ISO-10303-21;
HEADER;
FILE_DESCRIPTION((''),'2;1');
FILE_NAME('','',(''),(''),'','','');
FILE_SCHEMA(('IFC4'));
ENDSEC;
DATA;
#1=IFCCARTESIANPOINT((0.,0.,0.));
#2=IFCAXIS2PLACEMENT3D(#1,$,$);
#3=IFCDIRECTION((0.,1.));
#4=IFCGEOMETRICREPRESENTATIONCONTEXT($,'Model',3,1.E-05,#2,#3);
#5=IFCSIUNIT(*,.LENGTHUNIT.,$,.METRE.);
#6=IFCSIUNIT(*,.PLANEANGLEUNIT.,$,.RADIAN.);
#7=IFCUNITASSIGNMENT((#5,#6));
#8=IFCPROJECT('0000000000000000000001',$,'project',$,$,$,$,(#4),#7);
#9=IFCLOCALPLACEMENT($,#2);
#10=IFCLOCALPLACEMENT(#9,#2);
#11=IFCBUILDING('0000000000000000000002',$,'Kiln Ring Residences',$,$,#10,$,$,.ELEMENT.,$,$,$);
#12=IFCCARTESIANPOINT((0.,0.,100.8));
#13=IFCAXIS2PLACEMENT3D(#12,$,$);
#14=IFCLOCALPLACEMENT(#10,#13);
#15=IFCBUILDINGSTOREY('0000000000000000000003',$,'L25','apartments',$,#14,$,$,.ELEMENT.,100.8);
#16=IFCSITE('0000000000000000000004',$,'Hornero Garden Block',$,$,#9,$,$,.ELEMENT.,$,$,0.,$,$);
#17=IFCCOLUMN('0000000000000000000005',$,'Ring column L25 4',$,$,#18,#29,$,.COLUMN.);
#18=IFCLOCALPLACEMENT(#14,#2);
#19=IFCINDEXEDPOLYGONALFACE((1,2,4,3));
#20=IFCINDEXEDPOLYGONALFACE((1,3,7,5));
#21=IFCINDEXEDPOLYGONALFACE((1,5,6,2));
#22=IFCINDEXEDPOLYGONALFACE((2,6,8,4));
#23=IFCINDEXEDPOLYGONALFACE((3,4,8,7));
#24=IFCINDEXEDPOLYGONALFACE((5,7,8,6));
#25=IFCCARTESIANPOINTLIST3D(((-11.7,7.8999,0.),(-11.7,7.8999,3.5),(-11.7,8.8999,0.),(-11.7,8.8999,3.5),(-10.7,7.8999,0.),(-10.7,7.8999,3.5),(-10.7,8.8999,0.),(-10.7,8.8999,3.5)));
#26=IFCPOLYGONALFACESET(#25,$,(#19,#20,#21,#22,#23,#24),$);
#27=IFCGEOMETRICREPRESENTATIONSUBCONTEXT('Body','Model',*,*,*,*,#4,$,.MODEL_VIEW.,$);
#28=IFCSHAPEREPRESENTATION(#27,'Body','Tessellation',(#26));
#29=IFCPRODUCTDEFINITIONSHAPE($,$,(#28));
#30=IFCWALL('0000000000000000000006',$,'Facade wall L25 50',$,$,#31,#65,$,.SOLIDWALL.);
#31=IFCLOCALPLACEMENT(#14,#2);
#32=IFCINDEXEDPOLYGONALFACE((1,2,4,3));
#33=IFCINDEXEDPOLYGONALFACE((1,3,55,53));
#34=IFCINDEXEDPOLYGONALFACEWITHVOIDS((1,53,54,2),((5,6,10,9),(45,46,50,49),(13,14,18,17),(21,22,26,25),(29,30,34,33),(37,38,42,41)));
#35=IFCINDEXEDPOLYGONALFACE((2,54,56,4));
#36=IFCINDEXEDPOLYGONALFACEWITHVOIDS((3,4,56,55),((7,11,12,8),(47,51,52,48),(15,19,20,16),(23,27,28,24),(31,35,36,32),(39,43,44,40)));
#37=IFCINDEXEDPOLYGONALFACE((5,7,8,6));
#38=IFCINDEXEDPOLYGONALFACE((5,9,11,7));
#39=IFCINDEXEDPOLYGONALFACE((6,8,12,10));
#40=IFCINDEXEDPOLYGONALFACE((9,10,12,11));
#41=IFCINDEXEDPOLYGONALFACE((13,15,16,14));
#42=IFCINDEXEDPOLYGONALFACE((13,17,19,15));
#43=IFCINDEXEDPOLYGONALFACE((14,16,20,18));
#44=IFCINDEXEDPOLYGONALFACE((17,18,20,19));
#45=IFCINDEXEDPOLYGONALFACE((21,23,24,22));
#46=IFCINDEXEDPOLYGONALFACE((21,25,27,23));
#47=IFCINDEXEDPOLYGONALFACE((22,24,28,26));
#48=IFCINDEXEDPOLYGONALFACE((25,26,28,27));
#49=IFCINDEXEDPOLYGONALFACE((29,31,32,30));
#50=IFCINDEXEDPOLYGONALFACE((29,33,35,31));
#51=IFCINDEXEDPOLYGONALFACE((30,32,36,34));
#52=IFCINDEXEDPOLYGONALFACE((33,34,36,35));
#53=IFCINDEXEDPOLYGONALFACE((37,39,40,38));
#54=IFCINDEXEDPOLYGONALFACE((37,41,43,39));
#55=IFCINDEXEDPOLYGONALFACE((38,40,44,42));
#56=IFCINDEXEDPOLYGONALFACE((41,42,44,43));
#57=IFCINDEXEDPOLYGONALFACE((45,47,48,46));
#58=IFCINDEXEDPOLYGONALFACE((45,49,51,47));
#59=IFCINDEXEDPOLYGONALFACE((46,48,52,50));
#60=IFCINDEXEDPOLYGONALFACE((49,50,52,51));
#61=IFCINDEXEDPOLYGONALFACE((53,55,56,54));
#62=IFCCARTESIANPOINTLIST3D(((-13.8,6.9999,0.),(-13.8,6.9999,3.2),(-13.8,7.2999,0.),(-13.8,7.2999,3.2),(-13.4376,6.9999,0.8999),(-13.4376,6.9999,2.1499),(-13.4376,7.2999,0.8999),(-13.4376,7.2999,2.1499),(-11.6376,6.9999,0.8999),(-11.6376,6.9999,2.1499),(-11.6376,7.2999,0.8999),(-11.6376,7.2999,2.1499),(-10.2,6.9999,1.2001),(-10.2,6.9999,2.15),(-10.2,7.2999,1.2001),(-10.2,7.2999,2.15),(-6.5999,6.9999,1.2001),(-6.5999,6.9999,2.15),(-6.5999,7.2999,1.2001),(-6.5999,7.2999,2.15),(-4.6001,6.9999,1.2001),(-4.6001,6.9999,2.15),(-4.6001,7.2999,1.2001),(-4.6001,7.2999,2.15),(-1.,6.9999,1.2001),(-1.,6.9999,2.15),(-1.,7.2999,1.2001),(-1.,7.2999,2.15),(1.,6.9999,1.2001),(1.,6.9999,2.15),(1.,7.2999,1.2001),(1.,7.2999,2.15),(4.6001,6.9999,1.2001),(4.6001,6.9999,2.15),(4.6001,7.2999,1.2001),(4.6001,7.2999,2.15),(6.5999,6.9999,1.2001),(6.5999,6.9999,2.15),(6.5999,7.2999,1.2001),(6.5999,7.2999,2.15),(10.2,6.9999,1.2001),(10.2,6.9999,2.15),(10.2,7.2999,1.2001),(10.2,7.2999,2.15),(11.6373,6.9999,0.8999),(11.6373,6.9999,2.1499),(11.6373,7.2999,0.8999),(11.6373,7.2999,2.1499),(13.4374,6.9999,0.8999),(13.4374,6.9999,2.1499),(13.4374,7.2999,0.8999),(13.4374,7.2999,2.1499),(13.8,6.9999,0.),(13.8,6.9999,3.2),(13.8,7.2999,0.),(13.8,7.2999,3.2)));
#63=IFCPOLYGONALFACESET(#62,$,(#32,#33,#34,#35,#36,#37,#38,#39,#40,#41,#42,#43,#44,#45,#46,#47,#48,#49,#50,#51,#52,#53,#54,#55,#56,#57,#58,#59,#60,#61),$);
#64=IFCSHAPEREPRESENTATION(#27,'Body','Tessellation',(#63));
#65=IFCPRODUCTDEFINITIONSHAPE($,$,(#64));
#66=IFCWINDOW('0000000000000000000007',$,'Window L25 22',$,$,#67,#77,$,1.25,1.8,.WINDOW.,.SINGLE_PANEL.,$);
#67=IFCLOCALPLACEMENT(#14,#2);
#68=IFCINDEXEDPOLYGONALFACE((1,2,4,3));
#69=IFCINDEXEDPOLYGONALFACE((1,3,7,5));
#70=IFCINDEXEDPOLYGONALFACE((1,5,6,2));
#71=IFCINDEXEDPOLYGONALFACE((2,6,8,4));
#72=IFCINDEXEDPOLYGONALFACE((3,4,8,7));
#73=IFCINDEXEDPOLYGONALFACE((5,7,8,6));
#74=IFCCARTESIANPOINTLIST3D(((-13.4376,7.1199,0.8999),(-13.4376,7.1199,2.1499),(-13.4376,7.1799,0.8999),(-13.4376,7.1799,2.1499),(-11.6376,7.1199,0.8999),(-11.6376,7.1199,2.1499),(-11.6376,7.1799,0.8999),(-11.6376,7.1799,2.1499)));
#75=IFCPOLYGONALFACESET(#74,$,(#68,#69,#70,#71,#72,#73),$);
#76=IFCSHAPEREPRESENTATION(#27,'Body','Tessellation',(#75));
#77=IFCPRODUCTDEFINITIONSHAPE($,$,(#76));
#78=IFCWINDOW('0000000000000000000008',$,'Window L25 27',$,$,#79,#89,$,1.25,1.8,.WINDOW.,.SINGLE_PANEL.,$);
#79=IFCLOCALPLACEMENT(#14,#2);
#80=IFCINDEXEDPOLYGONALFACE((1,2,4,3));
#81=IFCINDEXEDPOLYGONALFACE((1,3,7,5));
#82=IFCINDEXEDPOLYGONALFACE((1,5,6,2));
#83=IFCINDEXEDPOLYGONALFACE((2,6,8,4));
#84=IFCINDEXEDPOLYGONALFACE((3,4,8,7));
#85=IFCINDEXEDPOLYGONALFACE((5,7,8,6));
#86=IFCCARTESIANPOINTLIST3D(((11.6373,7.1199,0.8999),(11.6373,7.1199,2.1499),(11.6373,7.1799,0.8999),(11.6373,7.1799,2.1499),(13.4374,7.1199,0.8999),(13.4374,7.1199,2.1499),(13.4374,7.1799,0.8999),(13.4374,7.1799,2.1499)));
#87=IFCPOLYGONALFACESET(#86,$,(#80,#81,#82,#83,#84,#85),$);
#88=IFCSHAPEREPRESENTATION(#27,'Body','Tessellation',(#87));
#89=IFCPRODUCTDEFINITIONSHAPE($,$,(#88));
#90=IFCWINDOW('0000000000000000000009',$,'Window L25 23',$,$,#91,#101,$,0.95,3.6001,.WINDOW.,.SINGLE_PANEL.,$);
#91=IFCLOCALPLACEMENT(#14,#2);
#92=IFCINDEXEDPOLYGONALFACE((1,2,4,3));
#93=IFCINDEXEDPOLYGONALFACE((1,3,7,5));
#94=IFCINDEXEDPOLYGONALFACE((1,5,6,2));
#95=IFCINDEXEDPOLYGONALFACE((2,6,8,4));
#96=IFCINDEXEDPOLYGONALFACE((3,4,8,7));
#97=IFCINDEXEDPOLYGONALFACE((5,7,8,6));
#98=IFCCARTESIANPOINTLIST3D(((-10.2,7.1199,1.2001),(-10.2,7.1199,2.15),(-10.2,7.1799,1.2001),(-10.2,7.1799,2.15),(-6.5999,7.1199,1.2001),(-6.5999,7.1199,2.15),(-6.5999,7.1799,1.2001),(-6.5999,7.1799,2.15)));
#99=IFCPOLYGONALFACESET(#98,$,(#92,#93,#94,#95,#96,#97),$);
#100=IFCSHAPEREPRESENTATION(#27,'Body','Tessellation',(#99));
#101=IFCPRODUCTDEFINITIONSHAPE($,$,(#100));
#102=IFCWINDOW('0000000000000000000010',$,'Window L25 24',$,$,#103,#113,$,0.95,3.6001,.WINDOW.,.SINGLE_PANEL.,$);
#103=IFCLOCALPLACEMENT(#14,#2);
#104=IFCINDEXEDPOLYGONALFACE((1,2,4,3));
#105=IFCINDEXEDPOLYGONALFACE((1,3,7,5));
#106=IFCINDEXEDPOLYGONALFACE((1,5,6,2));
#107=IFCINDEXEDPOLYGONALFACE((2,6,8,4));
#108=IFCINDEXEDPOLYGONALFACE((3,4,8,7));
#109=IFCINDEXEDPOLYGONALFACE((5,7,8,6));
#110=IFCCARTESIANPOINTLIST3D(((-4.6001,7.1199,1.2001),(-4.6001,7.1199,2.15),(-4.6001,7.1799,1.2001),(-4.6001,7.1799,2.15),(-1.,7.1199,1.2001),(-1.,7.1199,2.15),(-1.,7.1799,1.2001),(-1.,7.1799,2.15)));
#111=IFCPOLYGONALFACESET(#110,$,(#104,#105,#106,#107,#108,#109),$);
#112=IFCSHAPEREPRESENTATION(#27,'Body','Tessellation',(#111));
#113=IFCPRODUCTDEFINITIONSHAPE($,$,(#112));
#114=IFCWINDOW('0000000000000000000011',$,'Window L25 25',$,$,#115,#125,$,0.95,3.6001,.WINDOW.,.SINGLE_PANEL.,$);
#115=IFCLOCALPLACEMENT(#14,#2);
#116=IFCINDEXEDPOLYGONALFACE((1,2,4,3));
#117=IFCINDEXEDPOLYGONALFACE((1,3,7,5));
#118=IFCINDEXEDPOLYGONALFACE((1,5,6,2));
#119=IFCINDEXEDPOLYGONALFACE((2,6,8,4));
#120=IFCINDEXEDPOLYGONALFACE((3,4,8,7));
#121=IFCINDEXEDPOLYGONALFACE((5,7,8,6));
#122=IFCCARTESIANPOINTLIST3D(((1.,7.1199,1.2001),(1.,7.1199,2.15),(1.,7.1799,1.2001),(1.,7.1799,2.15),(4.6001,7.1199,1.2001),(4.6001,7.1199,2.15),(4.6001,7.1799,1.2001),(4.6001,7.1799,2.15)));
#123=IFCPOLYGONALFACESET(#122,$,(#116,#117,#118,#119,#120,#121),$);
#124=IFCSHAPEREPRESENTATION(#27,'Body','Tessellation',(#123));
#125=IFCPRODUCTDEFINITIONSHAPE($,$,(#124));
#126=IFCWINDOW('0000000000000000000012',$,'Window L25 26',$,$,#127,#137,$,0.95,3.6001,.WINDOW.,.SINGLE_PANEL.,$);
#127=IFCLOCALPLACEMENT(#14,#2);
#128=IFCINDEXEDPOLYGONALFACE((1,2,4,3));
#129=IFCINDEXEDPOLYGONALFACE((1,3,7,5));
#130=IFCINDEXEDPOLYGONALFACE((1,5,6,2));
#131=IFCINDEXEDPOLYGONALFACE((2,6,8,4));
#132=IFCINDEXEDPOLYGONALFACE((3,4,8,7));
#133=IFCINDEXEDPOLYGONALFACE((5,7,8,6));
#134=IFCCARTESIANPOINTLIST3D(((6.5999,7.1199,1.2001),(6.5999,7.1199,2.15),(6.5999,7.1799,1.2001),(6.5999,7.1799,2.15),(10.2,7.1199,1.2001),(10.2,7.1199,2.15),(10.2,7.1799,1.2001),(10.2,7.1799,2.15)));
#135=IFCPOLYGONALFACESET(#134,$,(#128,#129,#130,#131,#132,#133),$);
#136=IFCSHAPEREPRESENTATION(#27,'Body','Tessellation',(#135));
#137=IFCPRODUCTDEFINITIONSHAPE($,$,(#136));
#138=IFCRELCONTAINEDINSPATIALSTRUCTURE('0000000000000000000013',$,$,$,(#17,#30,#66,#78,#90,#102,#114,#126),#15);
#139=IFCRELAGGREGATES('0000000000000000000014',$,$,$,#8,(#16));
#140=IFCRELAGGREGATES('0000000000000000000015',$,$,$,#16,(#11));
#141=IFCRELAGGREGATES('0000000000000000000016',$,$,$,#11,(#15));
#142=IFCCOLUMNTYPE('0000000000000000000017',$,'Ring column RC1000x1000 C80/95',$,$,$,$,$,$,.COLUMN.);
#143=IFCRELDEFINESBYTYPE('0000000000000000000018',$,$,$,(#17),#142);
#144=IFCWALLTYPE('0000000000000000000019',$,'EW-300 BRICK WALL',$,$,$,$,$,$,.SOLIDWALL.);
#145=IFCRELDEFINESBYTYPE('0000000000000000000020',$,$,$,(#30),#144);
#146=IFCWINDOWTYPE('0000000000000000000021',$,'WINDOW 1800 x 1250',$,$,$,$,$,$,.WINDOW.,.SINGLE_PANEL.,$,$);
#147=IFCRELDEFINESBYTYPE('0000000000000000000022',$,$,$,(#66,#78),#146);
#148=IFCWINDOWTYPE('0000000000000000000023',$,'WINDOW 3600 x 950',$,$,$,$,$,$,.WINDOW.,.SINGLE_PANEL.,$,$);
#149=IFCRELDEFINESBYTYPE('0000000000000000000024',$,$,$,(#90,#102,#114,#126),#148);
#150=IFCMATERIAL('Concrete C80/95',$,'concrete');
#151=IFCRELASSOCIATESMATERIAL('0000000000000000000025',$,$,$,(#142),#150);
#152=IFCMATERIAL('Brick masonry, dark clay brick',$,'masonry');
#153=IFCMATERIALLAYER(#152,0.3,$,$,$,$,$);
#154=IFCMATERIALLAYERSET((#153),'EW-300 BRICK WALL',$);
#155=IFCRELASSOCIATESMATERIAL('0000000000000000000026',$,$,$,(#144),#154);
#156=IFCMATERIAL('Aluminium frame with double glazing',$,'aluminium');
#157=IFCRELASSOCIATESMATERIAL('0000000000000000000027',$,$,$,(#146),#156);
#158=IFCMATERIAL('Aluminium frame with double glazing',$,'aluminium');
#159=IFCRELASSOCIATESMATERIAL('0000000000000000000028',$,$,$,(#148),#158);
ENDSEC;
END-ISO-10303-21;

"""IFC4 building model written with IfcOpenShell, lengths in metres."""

from ifc_helpers import new_model, si_unit, direction, frame, frame_2d, origin, origin_2d, place, context, subcontext, project, spatial, rectangle, extrude, material, layer, layer_set, material_profile, profile_set, type_object, element, fill, save


model = new_model("IFC4")

# Units and contexts
model_context = context("Model", 3, precision=1e-05, world=origin(), true_north=direction((0.0, 1.0)))
body_context = subcontext(model_context, "Body", "Model", "MODEL_VIEW")
ifc_project = project(units=[si_unit("LENGTHUNIT", "METRE"), si_unit("PLANEANGLEUNIT", "RADIAN")], contexts=[model_context])

# Site, building, storey
site_placement = place(None, origin())
site = spatial("IfcSite", under=ifc_project, at=site_placement, Name="Hornero Garden Block", CompositionType="ELEMENT", RefElevation=0.0)
building_placement = place(site_placement, origin())
building = spatial("IfcBuilding", under=site, at=building_placement, Name="Kiln Ring Residences", CompositionType="ELEMENT")
storey_placement = place(building_placement, frame((0.0, 0.0, 100.8)))
storey = spatial("IfcBuildingStorey", under=building, at=storey_placement, Name="L25", Description="apartments", CompositionType="ELEMENT", Elevation=100.8)

# Column
ifc_material_1 = material(Name="Concrete C80/95", Category="concrete")
ifc_material_profile = material_profile(ifc_material_1, rectangle(XDim=1.0, YDim=1.0, at=origin_2d()), Name="RC1000x1000")
ifc_profile_set = profile_set([ifc_material_profile], Name="Concrete C80/95")
column_type = type_object("IfcColumnType", Name="Ring column RC1000x1000 C80/95", PredefinedType="COLUMN", material=ifc_profile_set)
column_placement = place(storey_placement, frame((-11.2, 8.3999, 0.0), z_axis=(0.0, 0.0, 1.0), x_axis=(1.0, 0.0, 0.0)))
element("IfcColumn", 1, at=column_placement, inside=storey, type_object=column_type, Name="Ring column L25 4", PredefinedType="COLUMN", context=body_context, shape_type="SweptSolid", body=[
    extrude(rectangle(XDim=1.0, YDim=1.0, at=origin_2d()), origin(), (0.0, 0.0, 1.0), 3.5),
])

# Wall, openings, windows
ifc_material_2 = material(Name="Brick masonry, dark clay brick", Category="masonry")
ifc_layer_1 = layer(ifc_material_2, 0.3)
ifc_layer_set_1 = layer_set([ifc_layer_1], Name="EW-300 BRICK WALL")
wall_type_1 = type_object("IfcWallType", Name="EW-300 BRICK WALL", PredefinedType="SOLIDWALL", material=ifc_layer_set_1)
wall_1_placement = place(storey_placement, frame((-13.8, 7.1499, 0.0), z_axis=(0.0, 0.0, 1.0), x_axis=(1.0, 0.0, 0.0)))
wall_1 = element("IfcWall", 2, at=wall_1_placement, inside=storey, type_object=wall_type_1, Name="Facade wall L25 50", PredefinedType="SOLIDWALL", context=body_context, shape_type="SweptSolid", body=[
    extrude(rectangle(XDim=27.6001, YDim=0.3, at=frame_2d((13.8, 0.0))), origin(), (0.0, 0.0, 1.0), 3.2),
])
opening_1_placement = place(wall_1_placement, frame((0.3625, 0.0, 0.8999)))
opening_1 = element("IfcOpeningElement", 3, at=opening_1_placement, cuts=wall_1, PredefinedType="OPENING", context=body_context, shape_type="SweptSolid", body=[
    extrude(rectangle(XDim=1.8, YDim=1.25, at=frame_2d((0.8999, 0.625))), frame((0.0, 0.1599, 0.0), z_axis=(0.0, -1.0, 0.0), x_axis=(1.0, 0.0, 0.0)), (0.0, 0.0, 1.0), 0.3201),
])
opening_2_placement = place(wall_1_placement, frame((3.6001, 0.0, 1.2)))
opening_2 = element("IfcOpeningElement", 4, at=opening_2_placement, cuts=wall_1, PredefinedType="OPENING", context=body_context, shape_type="SweptSolid", body=[
    extrude(rectangle(XDim=3.6001, YDim=0.95, at=frame_2d((1.8, 0.4751))), frame((0.0, 0.1599, 0.0), z_axis=(0.0, -1.0, 0.0), x_axis=(1.0, 0.0, 0.0)), (0.0, 0.0, 1.0), 0.3201),
])
opening_3_placement = place(wall_1_placement, frame((9.2, 0.0, 1.2)))
opening_3 = element("IfcOpeningElement", 5, at=opening_3_placement, cuts=wall_1, PredefinedType="OPENING", context=body_context, shape_type="SweptSolid", body=[
    extrude(rectangle(XDim=3.6001, YDim=0.95, at=frame_2d((1.8, 0.4751))), frame((0.0, 0.1599, 0.0), z_axis=(0.0, -1.0, 0.0), x_axis=(1.0, 0.0, 0.0)), (0.0, 0.0, 1.0), 0.3201),
])
opening_4_placement = place(wall_1_placement, frame((14.8, 0.0, 1.2)))
opening_4 = element("IfcOpeningElement", 6, at=opening_4_placement, cuts=wall_1, PredefinedType="OPENING", context=body_context, shape_type="SweptSolid", body=[
    extrude(rectangle(XDim=3.6001, YDim=0.95, at=frame_2d((1.8, 0.4751))), frame((0.0, 0.1599, 0.0), z_axis=(0.0, -1.0, 0.0), x_axis=(1.0, 0.0, 0.0)), (0.0, 0.0, 1.0), 0.3201),
])
opening_5_placement = place(wall_1_placement, frame((20.3999, 0.0, 1.2)))
opening_5 = element("IfcOpeningElement", 7, at=opening_5_placement, cuts=wall_1, PredefinedType="OPENING", context=body_context, shape_type="SweptSolid", body=[
    extrude(rectangle(XDim=3.6001, YDim=0.95, at=frame_2d((1.8, 0.4751))), frame((0.0, 0.1599, 0.0), z_axis=(0.0, -1.0, 0.0), x_axis=(1.0, 0.0, 0.0)), (0.0, 0.0, 1.0), 0.3201),
])
opening_6_placement = place(wall_1_placement, frame((25.4375, 0.0, 0.8999)))
opening_6 = element("IfcOpeningElement", 8, at=opening_6_placement, cuts=wall_1, PredefinedType="OPENING", context=body_context, shape_type="SweptSolid", body=[
    extrude(rectangle(XDim=1.8, YDim=1.25, at=frame_2d((0.8999, 0.625))), frame((0.0, 0.1599, 0.0), z_axis=(0.0, -1.0, 0.0), x_axis=(1.0, 0.0, 0.0)), (0.0, 0.0, 1.0), 0.3201),
])
ifc_material_3 = material(Name="Aluminium frame with double glazing", Category="aluminium")
window_type_1 = type_object("IfcWindowType", Name="WINDOW 1800 x 1250", PartitioningType="SINGLE_PANEL", PredefinedType="WINDOW", material=ifc_material_3)
window_1_placement = place(opening_1_placement, origin())
window_1 = element("IfcWindow", 9, at=window_1_placement, inside=storey, type_object=window_type_1, Name="Window L25 22", OverallHeight=1.25, OverallWidth=1.8, PartitioningType="SINGLE_PANEL", PredefinedType="WINDOW", context=body_context, shape_type="SweptSolid", body=[
    extrude(rectangle(XDim=1.8, YDim=1.25, at=frame_2d((0.8999, 0.625))), frame((0.0, 0.03, 0.0), z_axis=(0.0, -1.0, 0.0), x_axis=(1.0, 0.0, 0.0)), (0.0, 0.0, 1.0), 0.0601),
])
fill(opening_1, window_1)
window_2_placement = place(opening_6_placement, origin())
window_2 = element("IfcWindow", 10, at=window_2_placement, inside=storey, type_object=window_type_1, Name="Window L25 27", OverallHeight=1.25, OverallWidth=1.8, PartitioningType="SINGLE_PANEL", PredefinedType="WINDOW", context=body_context, shape_type="SweptSolid", body=[
    extrude(rectangle(XDim=1.8, YDim=1.25, at=frame_2d((0.8999, 0.625))), frame((0.0, 0.03, 0.0), z_axis=(0.0, -1.0, 0.0), x_axis=(1.0, 0.0, 0.0)), (0.0, 0.0, 1.0), 0.0601),
])
fill(opening_6, window_2)
ifc_material_4 = material(Name="Aluminium frame with double glazing", Category="aluminium")
window_type_2 = type_object("IfcWindowType", Name="WINDOW 3600 x 950", PartitioningType="SINGLE_PANEL", PredefinedType="WINDOW", material=ifc_material_4)
window_3_placement = place(opening_2_placement, origin())
window_3 = element("IfcWindow", 11, at=window_3_placement, inside=storey, type_object=window_type_2, Name="Window L25 23", OverallHeight=0.95, OverallWidth=3.6001, PartitioningType="SINGLE_PANEL", PredefinedType="WINDOW", context=body_context, shape_type="SweptSolid", body=[
    extrude(rectangle(XDim=3.6001, YDim=0.95, at=frame_2d((1.8, 0.4751))), frame((0.0, 0.03, 0.0), z_axis=(0.0, -1.0, 0.0), x_axis=(1.0, 0.0, 0.0)), (0.0, 0.0, 1.0), 0.0601),
])
fill(opening_2, window_3)
window_4_placement = place(opening_3_placement, origin())
window_4 = element("IfcWindow", 12, at=window_4_placement, inside=storey, type_object=window_type_2, Name="Window L25 24", OverallHeight=0.95, OverallWidth=3.6001, PartitioningType="SINGLE_PANEL", PredefinedType="WINDOW", context=body_context, shape_type="SweptSolid", body=[
    extrude(rectangle(XDim=3.6001, YDim=0.95, at=frame_2d((1.8, 0.4751))), frame((0.0, 0.03, 0.0), z_axis=(0.0, -1.0, 0.0), x_axis=(1.0, 0.0, 0.0)), (0.0, 0.0, 1.0), 0.0601),
])
fill(opening_3, window_4)
window_5_placement = place(opening_4_placement, origin())
window_5 = element("IfcWindow", 13, at=window_5_placement, inside=storey, type_object=window_type_2, Name="Window L25 25", OverallHeight=0.95, OverallWidth=3.6001, PartitioningType="SINGLE_PANEL", PredefinedType="WINDOW", context=body_context, shape_type="SweptSolid", body=[
    extrude(rectangle(XDim=3.6001, YDim=0.95, at=frame_2d((1.8, 0.4751))), frame((0.0, 0.03, 0.0), z_axis=(0.0, -1.0, 0.0), x_axis=(1.0, 0.0, 0.0)), (0.0, 0.0, 1.0), 0.0601),
])
fill(opening_4, window_5)
window_6_placement = place(opening_5_placement, origin())
window_6 = element("IfcWindow", 14, at=window_6_placement, inside=storey, type_object=window_type_2, Name="Window L25 26", OverallHeight=0.95, OverallWidth=3.6001, PartitioningType="SINGLE_PANEL", PredefinedType="WINDOW", context=body_context, shape_type="SweptSolid", body=[
    extrude(rectangle(XDim=3.6001, YDim=0.95, at=frame_2d((1.8, 0.4751))), frame((0.0, 0.03, 0.0), z_axis=(0.0, -1.0, 0.0), x_axis=(1.0, 0.0, 0.0)), (0.0, 0.0, 1.0), 0.0601),
])
fill(opening_5, window_6)

save(model, "model.ifc")
